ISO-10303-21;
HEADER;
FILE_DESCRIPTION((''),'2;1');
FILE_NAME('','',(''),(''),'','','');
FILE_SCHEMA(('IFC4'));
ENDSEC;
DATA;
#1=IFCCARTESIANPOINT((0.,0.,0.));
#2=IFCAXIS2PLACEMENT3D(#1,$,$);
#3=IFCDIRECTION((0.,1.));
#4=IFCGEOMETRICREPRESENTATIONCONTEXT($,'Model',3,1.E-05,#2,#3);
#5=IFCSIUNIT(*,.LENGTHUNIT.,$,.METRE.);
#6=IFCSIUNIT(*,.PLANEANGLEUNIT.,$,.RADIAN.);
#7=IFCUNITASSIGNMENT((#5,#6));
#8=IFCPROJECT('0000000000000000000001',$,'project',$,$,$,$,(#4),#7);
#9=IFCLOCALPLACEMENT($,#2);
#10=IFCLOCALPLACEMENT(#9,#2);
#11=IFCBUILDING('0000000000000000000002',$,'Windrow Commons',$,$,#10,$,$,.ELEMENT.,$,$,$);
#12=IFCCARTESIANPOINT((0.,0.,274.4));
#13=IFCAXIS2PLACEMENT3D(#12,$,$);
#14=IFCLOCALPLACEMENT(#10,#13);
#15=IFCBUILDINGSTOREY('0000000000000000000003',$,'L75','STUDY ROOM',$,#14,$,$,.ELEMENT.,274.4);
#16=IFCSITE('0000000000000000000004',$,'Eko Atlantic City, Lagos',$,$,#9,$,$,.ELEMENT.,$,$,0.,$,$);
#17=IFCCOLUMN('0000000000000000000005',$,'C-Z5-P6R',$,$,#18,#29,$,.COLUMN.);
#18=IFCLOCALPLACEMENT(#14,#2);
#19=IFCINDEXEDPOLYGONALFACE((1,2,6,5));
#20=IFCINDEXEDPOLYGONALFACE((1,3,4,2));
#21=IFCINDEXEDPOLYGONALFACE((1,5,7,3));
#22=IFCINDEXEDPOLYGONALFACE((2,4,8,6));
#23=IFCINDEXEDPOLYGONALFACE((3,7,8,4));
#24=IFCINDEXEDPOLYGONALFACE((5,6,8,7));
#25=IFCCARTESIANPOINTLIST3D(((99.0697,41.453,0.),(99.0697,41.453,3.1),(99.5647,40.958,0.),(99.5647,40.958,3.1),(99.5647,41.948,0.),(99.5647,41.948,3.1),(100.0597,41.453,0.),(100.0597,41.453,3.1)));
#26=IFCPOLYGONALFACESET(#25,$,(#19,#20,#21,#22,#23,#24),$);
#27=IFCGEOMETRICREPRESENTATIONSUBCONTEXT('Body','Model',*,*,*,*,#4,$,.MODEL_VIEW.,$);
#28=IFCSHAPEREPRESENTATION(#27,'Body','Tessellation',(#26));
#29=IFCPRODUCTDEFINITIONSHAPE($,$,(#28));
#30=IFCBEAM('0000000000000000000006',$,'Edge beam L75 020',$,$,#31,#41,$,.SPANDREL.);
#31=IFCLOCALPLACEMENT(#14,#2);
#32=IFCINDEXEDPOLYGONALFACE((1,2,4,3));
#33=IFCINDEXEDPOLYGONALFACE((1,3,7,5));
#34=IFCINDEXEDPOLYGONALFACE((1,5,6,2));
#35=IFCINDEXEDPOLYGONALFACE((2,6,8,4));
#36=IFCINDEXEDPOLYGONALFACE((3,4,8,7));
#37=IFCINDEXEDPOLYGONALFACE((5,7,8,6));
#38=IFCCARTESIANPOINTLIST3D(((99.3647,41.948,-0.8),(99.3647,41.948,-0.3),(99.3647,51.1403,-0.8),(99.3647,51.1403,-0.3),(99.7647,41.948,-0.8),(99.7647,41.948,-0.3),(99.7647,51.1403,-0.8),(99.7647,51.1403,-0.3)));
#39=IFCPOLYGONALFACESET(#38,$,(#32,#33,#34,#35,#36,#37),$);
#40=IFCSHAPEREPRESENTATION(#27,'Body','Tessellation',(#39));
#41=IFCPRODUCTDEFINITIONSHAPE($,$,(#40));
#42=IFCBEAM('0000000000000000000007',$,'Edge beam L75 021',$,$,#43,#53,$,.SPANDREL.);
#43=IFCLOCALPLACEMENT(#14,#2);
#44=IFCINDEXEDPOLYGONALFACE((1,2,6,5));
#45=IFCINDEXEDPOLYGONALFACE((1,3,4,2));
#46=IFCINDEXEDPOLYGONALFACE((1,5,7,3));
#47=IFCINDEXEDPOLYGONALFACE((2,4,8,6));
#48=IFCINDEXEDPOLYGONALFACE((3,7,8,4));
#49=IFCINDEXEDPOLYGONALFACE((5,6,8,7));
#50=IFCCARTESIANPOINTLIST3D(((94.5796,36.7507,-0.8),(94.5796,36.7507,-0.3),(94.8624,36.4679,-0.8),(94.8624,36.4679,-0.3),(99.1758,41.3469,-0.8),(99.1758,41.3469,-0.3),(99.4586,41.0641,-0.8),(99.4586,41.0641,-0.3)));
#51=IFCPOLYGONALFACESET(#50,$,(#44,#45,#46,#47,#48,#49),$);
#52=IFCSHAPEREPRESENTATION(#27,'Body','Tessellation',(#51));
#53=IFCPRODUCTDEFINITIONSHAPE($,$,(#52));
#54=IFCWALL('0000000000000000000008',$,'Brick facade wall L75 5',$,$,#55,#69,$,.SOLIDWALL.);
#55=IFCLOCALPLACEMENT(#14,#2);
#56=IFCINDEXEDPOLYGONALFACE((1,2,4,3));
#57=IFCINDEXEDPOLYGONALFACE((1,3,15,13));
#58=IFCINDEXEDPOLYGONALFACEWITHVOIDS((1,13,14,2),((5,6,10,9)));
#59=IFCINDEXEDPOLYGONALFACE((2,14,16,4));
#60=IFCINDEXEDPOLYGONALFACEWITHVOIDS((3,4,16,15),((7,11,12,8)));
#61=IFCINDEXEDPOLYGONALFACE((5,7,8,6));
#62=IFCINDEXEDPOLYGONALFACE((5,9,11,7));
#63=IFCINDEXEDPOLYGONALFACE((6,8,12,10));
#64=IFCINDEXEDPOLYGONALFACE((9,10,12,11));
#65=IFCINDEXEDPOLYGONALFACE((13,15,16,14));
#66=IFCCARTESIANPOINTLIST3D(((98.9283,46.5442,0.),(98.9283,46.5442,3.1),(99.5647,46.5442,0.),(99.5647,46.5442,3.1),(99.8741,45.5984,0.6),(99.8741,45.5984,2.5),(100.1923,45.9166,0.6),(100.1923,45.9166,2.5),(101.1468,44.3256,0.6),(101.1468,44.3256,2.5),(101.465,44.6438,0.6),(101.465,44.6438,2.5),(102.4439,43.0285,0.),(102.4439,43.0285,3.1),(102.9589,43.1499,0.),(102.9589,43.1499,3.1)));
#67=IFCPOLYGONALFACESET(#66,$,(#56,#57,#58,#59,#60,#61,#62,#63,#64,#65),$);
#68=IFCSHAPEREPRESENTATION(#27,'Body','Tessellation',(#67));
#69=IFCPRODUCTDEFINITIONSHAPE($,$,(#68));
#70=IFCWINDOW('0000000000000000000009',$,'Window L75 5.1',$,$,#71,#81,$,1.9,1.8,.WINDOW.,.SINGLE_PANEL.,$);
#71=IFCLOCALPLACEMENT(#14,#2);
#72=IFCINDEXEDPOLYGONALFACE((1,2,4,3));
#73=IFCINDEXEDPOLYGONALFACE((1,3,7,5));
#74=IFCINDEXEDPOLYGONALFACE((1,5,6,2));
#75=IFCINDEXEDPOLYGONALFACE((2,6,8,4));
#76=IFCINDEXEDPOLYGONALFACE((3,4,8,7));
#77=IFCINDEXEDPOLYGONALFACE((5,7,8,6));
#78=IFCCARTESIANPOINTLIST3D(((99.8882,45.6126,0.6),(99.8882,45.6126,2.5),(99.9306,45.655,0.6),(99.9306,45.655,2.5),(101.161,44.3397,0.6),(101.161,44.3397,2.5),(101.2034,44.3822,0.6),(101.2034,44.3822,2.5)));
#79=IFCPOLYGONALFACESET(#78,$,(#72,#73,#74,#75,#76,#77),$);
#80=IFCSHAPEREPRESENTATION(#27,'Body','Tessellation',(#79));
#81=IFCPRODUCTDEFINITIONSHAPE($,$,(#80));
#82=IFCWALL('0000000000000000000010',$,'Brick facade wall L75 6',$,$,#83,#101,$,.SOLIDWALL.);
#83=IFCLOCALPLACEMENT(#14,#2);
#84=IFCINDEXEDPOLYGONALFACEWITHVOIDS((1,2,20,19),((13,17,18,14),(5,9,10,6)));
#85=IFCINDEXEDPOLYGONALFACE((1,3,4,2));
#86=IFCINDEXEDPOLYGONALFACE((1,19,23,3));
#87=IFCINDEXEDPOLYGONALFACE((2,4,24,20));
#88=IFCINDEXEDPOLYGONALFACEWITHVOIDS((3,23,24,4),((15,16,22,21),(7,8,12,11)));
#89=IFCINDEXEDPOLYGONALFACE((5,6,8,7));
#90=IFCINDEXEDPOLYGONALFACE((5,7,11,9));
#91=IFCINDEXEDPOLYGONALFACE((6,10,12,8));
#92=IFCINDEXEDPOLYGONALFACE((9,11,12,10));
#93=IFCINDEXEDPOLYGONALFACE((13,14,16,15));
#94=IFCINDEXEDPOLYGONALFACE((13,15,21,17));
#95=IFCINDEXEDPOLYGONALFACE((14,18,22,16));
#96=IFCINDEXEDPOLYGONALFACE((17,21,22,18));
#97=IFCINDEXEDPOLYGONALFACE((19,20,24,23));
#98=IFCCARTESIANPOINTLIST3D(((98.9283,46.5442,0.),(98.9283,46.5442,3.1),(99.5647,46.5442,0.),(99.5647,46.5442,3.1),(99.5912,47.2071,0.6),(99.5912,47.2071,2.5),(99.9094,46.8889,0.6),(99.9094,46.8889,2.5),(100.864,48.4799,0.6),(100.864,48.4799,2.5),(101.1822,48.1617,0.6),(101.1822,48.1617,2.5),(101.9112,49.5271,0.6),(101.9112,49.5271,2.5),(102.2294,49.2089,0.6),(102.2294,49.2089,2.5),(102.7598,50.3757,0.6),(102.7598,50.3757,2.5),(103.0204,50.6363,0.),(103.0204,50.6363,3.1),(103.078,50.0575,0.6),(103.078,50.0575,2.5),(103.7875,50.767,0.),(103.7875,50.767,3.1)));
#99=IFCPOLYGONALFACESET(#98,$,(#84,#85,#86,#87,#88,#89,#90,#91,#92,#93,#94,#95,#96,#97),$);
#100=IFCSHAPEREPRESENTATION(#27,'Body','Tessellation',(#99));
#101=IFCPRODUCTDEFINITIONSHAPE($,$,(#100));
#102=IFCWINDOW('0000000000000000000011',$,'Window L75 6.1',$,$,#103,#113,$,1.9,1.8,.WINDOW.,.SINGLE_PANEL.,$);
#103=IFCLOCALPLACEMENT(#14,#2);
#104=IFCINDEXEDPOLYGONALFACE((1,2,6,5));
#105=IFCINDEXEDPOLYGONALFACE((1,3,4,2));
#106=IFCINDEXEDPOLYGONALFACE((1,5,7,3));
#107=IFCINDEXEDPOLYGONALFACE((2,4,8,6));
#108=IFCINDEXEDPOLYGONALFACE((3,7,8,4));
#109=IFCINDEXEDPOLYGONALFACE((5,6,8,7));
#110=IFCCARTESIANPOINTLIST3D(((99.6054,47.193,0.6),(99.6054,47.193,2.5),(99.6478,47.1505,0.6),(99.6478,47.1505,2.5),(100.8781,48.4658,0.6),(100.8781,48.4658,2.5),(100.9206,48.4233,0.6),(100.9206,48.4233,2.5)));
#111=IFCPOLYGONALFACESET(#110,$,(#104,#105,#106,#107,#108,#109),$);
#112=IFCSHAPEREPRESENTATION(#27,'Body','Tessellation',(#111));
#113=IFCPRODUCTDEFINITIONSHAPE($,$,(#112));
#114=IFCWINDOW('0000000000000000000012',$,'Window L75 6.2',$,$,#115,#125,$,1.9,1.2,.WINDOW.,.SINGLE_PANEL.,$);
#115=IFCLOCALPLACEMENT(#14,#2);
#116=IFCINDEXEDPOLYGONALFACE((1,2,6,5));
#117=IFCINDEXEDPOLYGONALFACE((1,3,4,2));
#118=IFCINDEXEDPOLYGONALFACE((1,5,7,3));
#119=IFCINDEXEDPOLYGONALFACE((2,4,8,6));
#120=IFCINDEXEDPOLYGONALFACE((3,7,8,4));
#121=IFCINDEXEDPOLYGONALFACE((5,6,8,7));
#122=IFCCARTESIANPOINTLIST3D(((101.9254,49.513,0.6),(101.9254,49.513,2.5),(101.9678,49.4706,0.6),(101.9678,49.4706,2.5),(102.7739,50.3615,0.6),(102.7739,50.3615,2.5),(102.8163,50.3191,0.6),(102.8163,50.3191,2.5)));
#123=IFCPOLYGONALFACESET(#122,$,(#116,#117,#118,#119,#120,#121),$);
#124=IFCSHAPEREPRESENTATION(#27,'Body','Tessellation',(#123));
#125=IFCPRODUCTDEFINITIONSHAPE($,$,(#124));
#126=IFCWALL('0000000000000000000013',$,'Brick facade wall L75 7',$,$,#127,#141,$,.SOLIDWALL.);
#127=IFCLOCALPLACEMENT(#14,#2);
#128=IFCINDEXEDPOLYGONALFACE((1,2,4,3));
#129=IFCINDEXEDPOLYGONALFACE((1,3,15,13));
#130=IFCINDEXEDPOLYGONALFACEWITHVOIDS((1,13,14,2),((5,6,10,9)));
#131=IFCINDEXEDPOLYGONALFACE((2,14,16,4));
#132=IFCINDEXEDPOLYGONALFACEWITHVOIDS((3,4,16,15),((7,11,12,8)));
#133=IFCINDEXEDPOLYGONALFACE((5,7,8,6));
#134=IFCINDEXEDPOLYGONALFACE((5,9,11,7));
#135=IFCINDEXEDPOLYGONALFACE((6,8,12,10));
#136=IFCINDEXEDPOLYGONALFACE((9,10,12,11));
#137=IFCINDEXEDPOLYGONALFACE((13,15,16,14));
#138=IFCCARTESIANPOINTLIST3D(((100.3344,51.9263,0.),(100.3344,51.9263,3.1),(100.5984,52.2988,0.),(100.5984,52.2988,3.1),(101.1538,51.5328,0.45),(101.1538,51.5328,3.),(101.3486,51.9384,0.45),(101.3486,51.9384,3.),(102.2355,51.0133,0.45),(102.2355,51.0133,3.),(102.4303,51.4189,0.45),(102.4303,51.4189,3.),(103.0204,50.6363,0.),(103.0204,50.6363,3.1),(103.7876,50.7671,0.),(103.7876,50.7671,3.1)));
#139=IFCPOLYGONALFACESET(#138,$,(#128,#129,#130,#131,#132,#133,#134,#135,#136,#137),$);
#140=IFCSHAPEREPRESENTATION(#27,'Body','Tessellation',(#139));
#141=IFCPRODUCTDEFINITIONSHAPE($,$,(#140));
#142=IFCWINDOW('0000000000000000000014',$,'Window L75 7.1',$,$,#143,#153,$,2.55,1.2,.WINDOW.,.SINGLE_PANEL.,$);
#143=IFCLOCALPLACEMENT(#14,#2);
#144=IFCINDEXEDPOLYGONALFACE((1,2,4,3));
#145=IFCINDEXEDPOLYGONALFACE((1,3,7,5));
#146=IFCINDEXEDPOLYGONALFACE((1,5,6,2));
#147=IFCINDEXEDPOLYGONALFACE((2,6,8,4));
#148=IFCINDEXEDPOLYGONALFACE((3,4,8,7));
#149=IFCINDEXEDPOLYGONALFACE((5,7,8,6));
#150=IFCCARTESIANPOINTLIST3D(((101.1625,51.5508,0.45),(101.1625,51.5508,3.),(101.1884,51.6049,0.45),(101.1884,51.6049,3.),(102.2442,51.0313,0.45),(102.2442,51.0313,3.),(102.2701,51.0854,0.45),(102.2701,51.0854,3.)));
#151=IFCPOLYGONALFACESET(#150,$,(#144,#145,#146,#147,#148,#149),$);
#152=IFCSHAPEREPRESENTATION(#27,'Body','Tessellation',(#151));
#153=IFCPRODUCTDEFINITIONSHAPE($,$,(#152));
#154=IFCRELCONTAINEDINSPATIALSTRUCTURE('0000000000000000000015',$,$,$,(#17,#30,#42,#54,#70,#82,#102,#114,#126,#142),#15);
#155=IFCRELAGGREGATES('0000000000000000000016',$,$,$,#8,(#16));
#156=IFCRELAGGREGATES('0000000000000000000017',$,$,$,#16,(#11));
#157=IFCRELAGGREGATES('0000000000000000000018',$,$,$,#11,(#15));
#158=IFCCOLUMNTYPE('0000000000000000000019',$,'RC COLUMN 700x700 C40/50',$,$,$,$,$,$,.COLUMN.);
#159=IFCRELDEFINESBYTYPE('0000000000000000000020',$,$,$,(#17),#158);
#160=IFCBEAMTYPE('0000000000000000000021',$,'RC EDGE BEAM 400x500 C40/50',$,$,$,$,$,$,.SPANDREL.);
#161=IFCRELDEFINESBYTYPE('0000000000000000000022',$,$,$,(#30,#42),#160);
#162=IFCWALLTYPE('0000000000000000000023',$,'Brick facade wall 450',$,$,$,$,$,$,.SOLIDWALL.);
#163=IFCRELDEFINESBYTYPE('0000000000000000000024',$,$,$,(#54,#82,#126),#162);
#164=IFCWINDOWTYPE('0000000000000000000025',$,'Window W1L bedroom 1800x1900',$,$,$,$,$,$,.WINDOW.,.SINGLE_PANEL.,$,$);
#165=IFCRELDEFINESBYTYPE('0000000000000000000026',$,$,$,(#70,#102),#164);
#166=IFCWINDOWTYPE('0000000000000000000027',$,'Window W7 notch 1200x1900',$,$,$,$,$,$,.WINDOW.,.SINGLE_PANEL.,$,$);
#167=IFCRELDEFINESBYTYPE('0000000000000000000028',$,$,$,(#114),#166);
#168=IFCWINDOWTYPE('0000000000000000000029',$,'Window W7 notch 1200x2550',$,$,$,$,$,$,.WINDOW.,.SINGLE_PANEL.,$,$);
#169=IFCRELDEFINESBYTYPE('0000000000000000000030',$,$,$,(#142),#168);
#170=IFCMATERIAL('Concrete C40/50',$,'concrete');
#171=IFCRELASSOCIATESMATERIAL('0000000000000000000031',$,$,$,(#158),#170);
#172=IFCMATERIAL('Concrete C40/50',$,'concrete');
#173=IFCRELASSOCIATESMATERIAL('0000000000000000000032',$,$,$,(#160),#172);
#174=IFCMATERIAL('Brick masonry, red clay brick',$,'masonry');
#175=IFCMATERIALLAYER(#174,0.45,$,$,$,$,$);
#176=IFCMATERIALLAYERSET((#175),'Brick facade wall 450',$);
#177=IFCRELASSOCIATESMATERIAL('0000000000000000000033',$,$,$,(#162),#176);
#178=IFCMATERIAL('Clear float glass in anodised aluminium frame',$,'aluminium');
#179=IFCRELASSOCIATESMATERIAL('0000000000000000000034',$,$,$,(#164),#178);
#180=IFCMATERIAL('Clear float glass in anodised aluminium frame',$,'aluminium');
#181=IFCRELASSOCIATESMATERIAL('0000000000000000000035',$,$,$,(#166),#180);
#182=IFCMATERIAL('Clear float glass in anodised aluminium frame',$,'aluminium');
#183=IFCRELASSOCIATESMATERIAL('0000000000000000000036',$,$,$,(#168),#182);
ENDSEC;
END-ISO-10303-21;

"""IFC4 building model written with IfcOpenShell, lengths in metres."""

from ifc_helpers import new_model, si_unit, direction, frame, frame_2d, origin, origin_2d, place, context, subcontext, project, spatial, polyline, rectangle, outline, extrude, material, layer, layer_set, material_profile, profile_set, type_object, element, fill, save


model = new_model("IFC4")

# Units and contexts
model_context = context("Model", 3, precision=1e-05, world=origin(), true_north=direction((0.0, 1.0)))
body_context = subcontext(model_context, "Body", "Model", "MODEL_VIEW")
ifc_project = project(units=[si_unit("LENGTHUNIT", "METRE"), si_unit("PLANEANGLEUNIT", "RADIAN")], contexts=[model_context])

# Site, building, storey
site_placement = place(None, origin())
site = spatial("IfcSite", under=ifc_project, at=site_placement, Name="Eko Atlantic City, Lagos", CompositionType="ELEMENT", RefElevation=0.0)
building_placement = place(site_placement, origin())
building = spatial("IfcBuilding", under=site, at=building_placement, Name="Windrow Commons", CompositionType="ELEMENT")
storey_placement = place(building_placement, frame((0.0, 0.0, 274.4)))
storey = spatial("IfcBuildingStorey", under=building, at=storey_placement, Name="L75", Description="STUDY ROOM", CompositionType="ELEMENT", Elevation=274.4)

# Column
ifc_material_1 = material(Name="Concrete C40/50", Category="concrete")
ifc_material_profile_1 = material_profile(ifc_material_1, rectangle(XDim=0.7, YDim=0.7, at=origin_2d()))
ifc_profile_set_1 = profile_set([ifc_material_profile_1], Name="Concrete C40/50")
column_type = type_object("IfcColumnType", Name="RC COLUMN 700x700 C40/50", PredefinedType="COLUMN", material=ifc_profile_set_1)
column_placement = place(storey_placement, frame((99.5647, 41.453, 0.0), z_axis=(0.0, 0.0, 1.0), x_axis=(0.707107, -0.707107, 0.0)))
element("IfcColumn", 1, at=column_placement, inside=storey, type_object=column_type, Name="C-Z5-P6R", PredefinedType="COLUMN", context=body_context, shape_type="SweptSolid", body=[
    extrude(rectangle(XDim=0.7, YDim=0.7, at=origin_2d()), origin(), (0.0, 0.0, 1.0), 3.1),
])

# Beams
ifc_material_2 = material(Name="Concrete C40/50", Category="concrete")
ifc_material_profile_2 = material_profile(ifc_material_2, rectangle(XDim=0.4, YDim=0.5, at=origin_2d()))
ifc_profile_set_2 = profile_set([ifc_material_profile_2], Name="Concrete C40/50")
beam_type = type_object("IfcBeamType", Name="RC EDGE BEAM 400x500 C40/50", PredefinedType="SPANDREL", material=ifc_profile_set_2)
beam_1_placement = place(storey_placement, frame((99.5647, 51.1403, -0.55), z_axis=(0.0, -1.0, 0.0), x_axis=(1.0, 0.0, 0.0)))
element("IfcBeam", 2, at=beam_1_placement, inside=storey, type_object=beam_type, Name="Edge beam L75 020", PredefinedType="SPANDREL", context=body_context, shape_type="SweptSolid", body=[
    extrude(rectangle(XDim=0.4, YDim=0.5, at=origin_2d()), origin(), (0.0, 0.0, 1.0), 9.1923),
])
beam_2_placement = place(storey_placement, frame((99.3172, 41.2055, -0.55), z_axis=(-0.707107, -0.707107, 0.0), x_axis=(0.707107, -0.707107, 0.0)))
element("IfcBeam", 3, at=beam_2_placement, inside=storey, type_object=beam_type, Name="Edge beam L75 021", PredefinedType="SPANDREL", context=body_context, shape_type="SweptSolid", body=[
    extrude(rectangle(XDim=0.4, YDim=0.5, at=origin_2d()), origin(), (0.0, 0.0, 1.0), 6.5),
])

# Wall, opening, window
ifc_material_3 = material(Name="Brick masonry, red clay brick", Category="masonry")
ifc_layer_1 = layer(ifc_material_3, 0.45)
ifc_layer_set_1 = layer_set([ifc_layer_1], Name="Brick facade wall 450")
wall_type_1 = type_object("IfcWallType", Name="Brick facade wall 450", PredefinedType="SOLIDWALL", material=ifc_layer_set_1)
wall_1_placement = place(storey_placement, frame((102.7014, 43.0892, 0.0), z_axis=(0.0, 0.0, 1.0), x_axis=(-0.707097, 0.707117, 0.0)))
wall_1 = element("IfcWall", 4, at=wall_1_placement, inside=storey, type_object=wall_type_1, Name="Brick facade wall L75 5", PredefinedType="SOLIDWALL", context=body_context, shape_type="SweptSolid", body=[
    extrude(outline(polyline([(-0.1391, -0.225), (4.661, -0.225), (5.111, 0.225), (0.1391, 0.225), (-0.1391, -0.225)])), origin(), (0.0, 0.0, 1.0), 3.1),
])
opening_1_placement = place(wall_1_placement, frame((1.9735, 0.0, 0.6)))
opening_1 = element("IfcOpeningElement", 5, at=opening_1_placement, cuts=wall_1, PredefinedType="OPENING", context=body_context, shape_type="SweptSolid", body=[
    extrude(rectangle(XDim=1.8, YDim=1.9, at=frame_2d((0.9, 0.95))), frame((0.0, 0.235, 0.0), z_axis=(0.0, -1.0, 0.0), x_axis=(1.0, 0.0, 0.0)), (0.0, 0.0, 1.0), 0.47),
])
ifc_material_4 = material(Name="Clear float glass in anodised aluminium frame", Category="aluminium")
window_type_1 = type_object("IfcWindowType", Name="Window W1L bedroom 1800x1900", PartitioningType="SINGLE_PANEL", PredefinedType="WINDOW", material=ifc_material_4)
window_1_placement = place(opening_1_placement, origin())
window_1 = element("IfcWindow", 6, at=window_1_placement, inside=storey, type_object=window_type_1, Name="Window L75 5.1", OverallHeight=1.9, OverallWidth=1.8, PartitioningType="SINGLE_PANEL", PredefinedType="WINDOW", context=body_context, shape_type="SweptSolid", body=[
    extrude(rectangle(XDim=1.8, YDim=1.9, at=frame_2d((0.9, 0.95))), frame((0.0, 0.205, 0.0), z_axis=(0.0, -1.0, 0.0), x_axis=(1.0, 0.0, 0.0)), (0.0, 0.0, 1.0), 0.06),
])
fill(opening_1, window_1)

# Wall, openings, windows
wall_2_placement = place(storey_placement, frame((99.2465, 46.5442, 0.0), z_axis=(0.0, 0.0, 1.0), x_axis=(0.707107, 0.707107, 0.0)))
wall_2 = element("IfcWall", 7, at=wall_2_placement, inside=storey, type_object=wall_type_1, Name="Brick facade wall L75 6", PredefinedType="SOLIDWALL", context=body_context, shape_type="SweptSolid", body=[
    extrude(outline(polyline([(0.225, -0.225), (6.197, -0.225), (5.5621, 0.225), (-0.225, 0.225), (0.225, -0.225)])), origin(), (0.0, 0.0, 1.0), 3.1),
])
opening_2_placement = place(wall_2_placement, frame((0.7125, 0.0, 0.6)))
opening_2 = element("IfcOpeningElement", 8, at=opening_2_placement, cuts=wall_2, PredefinedType="OPENING", context=body_context, shape_type="SweptSolid", body=[
    extrude(rectangle(XDim=1.8, YDim=1.9, at=frame_2d((0.9, 0.95))), frame((0.0, 0.235, 0.0), z_axis=(0.0, -1.0, 0.0), x_axis=(1.0, 0.0, 0.0)), (0.0, 0.0, 1.0), 0.47),
])
opening_3_placement = place(wall_2_placement, frame((3.9935, 0.0, 0.6)))
opening_3 = element("IfcOpeningElement", 9, at=opening_3_placement, cuts=wall_2, PredefinedType="OPENING", context=body_context, shape_type="SweptSolid", body=[
    extrude(rectangle(XDim=1.2, YDim=1.9, at=frame_2d((0.6, 0.95))), frame((0.0, 0.235, 0.0), z_axis=(0.0, -1.0, 0.0), x_axis=(1.0, 0.0, 0.0)), (0.0, 0.0, 1.0), 0.47),
])
window_2_placement = place(opening_2_placement, origin())
window_2 = element("IfcWindow", 10, at=window_2_placement, inside=storey, type_object=window_type_1, Name="Window L75 6.1", OverallHeight=1.9, OverallWidth=1.8, PartitioningType="SINGLE_PANEL", PredefinedType="WINDOW", context=body_context, shape_type="SweptSolid", body=[
    extrude(rectangle(XDim=1.8, YDim=1.9, at=frame_2d((0.9, 0.95))), frame((0.0, 0.205, 0.0), z_axis=(0.0, -1.0, 0.0), x_axis=(1.0, 0.0, 0.0)), (0.0, 0.0, 1.0), 0.06),
])
fill(opening_2, window_2)
ifc_material_5 = material(Name="Clear float glass in anodised aluminium frame", Category="aluminium")
window_type_2 = type_object("IfcWindowType", Name="Window W7 notch 1200x1900", PartitioningType="SINGLE_PANEL", PredefinedType="WINDOW", material=ifc_material_5)
window_3_placement = place(opening_3_placement, origin())
window_3 = element("IfcWindow", 11, at=window_3_placement, inside=storey, type_object=window_type_2, Name="Window L75 6.2", OverallHeight=1.9, OverallWidth=1.2, PartitioningType="SINGLE_PANEL", PredefinedType="WINDOW", context=body_context, shape_type="SweptSolid", body=[
    extrude(rectangle(XDim=1.2, YDim=1.9, at=frame_2d((0.6, 0.95))), frame((0.0, 0.205, 0.0), z_axis=(0.0, -1.0, 0.0), x_axis=(1.0, 0.0, 0.0)), (0.0, 0.0, 1.0), 0.06),
])
fill(opening_3, window_3)

# Wall, opening, window
wall_3_placement = place(storey_placement, frame((103.404, 50.7017, 0.0), z_axis=(0.0, 0.0, 1.0), x_axis=(-0.901427, 0.432932, 0.0)))
wall_3 = element("IfcWall", 12, at=wall_3_placement, inside=storey, type_object=wall_type_1, Name="Brick facade wall L75 7", PredefinedType="SOLIDWALL", context=body_context, shape_type="SweptSolid", body=[
    extrude(outline(polyline([(-0.3175, -0.225), (3.2205, -0.225), (3.2972, 0.225), (0.3175, 0.225), (-0.3175, -0.225)])), origin(), (0.0, 0.0, 1.0), 3.1),
])
opening_4_placement = place(wall_3_placement, frame((1.1882, 0.0, 0.45)))
opening_4 = element("IfcOpeningElement", 13, at=opening_4_placement, cuts=wall_3, PredefinedType="OPENING", context=body_context, shape_type="SweptSolid", body=[
    extrude(rectangle(XDim=1.2, YDim=2.55, at=frame_2d((0.6, 1.275))), frame((0.0, 0.235, 0.0), z_axis=(0.0, -1.0, 0.0), x_axis=(1.0, 0.0, 0.0)), (0.0, 0.0, 1.0), 0.47),
])
ifc_material_6 = material(Name="Clear float glass in anodised aluminium frame", Category="aluminium")
window_type_3 = type_object("IfcWindowType", Name="Window W7 notch 1200x2550", PartitioningType="SINGLE_PANEL", PredefinedType="WINDOW", material=ifc_material_6)
window_4_placement = place(opening_4_placement, origin())
window_4 = element("IfcWindow", 14, at=window_4_placement, inside=storey, type_object=window_type_3, Name="Window L75 7.1", OverallHeight=2.55, OverallWidth=1.2, PartitioningType="SINGLE_PANEL", PredefinedType="WINDOW", context=body_context, shape_type="SweptSolid", body=[
    extrude(rectangle(XDim=1.2, YDim=2.55, at=frame_2d((0.6, 1.275))), frame((0.0, 0.205, 0.0), z_axis=(0.0, -1.0, 0.0), x_axis=(1.0, 0.0, 0.0)), (0.0, 0.0, 1.0), 0.06),
])
fill(opening_4, window_4)

save(model, "model.ifc")
